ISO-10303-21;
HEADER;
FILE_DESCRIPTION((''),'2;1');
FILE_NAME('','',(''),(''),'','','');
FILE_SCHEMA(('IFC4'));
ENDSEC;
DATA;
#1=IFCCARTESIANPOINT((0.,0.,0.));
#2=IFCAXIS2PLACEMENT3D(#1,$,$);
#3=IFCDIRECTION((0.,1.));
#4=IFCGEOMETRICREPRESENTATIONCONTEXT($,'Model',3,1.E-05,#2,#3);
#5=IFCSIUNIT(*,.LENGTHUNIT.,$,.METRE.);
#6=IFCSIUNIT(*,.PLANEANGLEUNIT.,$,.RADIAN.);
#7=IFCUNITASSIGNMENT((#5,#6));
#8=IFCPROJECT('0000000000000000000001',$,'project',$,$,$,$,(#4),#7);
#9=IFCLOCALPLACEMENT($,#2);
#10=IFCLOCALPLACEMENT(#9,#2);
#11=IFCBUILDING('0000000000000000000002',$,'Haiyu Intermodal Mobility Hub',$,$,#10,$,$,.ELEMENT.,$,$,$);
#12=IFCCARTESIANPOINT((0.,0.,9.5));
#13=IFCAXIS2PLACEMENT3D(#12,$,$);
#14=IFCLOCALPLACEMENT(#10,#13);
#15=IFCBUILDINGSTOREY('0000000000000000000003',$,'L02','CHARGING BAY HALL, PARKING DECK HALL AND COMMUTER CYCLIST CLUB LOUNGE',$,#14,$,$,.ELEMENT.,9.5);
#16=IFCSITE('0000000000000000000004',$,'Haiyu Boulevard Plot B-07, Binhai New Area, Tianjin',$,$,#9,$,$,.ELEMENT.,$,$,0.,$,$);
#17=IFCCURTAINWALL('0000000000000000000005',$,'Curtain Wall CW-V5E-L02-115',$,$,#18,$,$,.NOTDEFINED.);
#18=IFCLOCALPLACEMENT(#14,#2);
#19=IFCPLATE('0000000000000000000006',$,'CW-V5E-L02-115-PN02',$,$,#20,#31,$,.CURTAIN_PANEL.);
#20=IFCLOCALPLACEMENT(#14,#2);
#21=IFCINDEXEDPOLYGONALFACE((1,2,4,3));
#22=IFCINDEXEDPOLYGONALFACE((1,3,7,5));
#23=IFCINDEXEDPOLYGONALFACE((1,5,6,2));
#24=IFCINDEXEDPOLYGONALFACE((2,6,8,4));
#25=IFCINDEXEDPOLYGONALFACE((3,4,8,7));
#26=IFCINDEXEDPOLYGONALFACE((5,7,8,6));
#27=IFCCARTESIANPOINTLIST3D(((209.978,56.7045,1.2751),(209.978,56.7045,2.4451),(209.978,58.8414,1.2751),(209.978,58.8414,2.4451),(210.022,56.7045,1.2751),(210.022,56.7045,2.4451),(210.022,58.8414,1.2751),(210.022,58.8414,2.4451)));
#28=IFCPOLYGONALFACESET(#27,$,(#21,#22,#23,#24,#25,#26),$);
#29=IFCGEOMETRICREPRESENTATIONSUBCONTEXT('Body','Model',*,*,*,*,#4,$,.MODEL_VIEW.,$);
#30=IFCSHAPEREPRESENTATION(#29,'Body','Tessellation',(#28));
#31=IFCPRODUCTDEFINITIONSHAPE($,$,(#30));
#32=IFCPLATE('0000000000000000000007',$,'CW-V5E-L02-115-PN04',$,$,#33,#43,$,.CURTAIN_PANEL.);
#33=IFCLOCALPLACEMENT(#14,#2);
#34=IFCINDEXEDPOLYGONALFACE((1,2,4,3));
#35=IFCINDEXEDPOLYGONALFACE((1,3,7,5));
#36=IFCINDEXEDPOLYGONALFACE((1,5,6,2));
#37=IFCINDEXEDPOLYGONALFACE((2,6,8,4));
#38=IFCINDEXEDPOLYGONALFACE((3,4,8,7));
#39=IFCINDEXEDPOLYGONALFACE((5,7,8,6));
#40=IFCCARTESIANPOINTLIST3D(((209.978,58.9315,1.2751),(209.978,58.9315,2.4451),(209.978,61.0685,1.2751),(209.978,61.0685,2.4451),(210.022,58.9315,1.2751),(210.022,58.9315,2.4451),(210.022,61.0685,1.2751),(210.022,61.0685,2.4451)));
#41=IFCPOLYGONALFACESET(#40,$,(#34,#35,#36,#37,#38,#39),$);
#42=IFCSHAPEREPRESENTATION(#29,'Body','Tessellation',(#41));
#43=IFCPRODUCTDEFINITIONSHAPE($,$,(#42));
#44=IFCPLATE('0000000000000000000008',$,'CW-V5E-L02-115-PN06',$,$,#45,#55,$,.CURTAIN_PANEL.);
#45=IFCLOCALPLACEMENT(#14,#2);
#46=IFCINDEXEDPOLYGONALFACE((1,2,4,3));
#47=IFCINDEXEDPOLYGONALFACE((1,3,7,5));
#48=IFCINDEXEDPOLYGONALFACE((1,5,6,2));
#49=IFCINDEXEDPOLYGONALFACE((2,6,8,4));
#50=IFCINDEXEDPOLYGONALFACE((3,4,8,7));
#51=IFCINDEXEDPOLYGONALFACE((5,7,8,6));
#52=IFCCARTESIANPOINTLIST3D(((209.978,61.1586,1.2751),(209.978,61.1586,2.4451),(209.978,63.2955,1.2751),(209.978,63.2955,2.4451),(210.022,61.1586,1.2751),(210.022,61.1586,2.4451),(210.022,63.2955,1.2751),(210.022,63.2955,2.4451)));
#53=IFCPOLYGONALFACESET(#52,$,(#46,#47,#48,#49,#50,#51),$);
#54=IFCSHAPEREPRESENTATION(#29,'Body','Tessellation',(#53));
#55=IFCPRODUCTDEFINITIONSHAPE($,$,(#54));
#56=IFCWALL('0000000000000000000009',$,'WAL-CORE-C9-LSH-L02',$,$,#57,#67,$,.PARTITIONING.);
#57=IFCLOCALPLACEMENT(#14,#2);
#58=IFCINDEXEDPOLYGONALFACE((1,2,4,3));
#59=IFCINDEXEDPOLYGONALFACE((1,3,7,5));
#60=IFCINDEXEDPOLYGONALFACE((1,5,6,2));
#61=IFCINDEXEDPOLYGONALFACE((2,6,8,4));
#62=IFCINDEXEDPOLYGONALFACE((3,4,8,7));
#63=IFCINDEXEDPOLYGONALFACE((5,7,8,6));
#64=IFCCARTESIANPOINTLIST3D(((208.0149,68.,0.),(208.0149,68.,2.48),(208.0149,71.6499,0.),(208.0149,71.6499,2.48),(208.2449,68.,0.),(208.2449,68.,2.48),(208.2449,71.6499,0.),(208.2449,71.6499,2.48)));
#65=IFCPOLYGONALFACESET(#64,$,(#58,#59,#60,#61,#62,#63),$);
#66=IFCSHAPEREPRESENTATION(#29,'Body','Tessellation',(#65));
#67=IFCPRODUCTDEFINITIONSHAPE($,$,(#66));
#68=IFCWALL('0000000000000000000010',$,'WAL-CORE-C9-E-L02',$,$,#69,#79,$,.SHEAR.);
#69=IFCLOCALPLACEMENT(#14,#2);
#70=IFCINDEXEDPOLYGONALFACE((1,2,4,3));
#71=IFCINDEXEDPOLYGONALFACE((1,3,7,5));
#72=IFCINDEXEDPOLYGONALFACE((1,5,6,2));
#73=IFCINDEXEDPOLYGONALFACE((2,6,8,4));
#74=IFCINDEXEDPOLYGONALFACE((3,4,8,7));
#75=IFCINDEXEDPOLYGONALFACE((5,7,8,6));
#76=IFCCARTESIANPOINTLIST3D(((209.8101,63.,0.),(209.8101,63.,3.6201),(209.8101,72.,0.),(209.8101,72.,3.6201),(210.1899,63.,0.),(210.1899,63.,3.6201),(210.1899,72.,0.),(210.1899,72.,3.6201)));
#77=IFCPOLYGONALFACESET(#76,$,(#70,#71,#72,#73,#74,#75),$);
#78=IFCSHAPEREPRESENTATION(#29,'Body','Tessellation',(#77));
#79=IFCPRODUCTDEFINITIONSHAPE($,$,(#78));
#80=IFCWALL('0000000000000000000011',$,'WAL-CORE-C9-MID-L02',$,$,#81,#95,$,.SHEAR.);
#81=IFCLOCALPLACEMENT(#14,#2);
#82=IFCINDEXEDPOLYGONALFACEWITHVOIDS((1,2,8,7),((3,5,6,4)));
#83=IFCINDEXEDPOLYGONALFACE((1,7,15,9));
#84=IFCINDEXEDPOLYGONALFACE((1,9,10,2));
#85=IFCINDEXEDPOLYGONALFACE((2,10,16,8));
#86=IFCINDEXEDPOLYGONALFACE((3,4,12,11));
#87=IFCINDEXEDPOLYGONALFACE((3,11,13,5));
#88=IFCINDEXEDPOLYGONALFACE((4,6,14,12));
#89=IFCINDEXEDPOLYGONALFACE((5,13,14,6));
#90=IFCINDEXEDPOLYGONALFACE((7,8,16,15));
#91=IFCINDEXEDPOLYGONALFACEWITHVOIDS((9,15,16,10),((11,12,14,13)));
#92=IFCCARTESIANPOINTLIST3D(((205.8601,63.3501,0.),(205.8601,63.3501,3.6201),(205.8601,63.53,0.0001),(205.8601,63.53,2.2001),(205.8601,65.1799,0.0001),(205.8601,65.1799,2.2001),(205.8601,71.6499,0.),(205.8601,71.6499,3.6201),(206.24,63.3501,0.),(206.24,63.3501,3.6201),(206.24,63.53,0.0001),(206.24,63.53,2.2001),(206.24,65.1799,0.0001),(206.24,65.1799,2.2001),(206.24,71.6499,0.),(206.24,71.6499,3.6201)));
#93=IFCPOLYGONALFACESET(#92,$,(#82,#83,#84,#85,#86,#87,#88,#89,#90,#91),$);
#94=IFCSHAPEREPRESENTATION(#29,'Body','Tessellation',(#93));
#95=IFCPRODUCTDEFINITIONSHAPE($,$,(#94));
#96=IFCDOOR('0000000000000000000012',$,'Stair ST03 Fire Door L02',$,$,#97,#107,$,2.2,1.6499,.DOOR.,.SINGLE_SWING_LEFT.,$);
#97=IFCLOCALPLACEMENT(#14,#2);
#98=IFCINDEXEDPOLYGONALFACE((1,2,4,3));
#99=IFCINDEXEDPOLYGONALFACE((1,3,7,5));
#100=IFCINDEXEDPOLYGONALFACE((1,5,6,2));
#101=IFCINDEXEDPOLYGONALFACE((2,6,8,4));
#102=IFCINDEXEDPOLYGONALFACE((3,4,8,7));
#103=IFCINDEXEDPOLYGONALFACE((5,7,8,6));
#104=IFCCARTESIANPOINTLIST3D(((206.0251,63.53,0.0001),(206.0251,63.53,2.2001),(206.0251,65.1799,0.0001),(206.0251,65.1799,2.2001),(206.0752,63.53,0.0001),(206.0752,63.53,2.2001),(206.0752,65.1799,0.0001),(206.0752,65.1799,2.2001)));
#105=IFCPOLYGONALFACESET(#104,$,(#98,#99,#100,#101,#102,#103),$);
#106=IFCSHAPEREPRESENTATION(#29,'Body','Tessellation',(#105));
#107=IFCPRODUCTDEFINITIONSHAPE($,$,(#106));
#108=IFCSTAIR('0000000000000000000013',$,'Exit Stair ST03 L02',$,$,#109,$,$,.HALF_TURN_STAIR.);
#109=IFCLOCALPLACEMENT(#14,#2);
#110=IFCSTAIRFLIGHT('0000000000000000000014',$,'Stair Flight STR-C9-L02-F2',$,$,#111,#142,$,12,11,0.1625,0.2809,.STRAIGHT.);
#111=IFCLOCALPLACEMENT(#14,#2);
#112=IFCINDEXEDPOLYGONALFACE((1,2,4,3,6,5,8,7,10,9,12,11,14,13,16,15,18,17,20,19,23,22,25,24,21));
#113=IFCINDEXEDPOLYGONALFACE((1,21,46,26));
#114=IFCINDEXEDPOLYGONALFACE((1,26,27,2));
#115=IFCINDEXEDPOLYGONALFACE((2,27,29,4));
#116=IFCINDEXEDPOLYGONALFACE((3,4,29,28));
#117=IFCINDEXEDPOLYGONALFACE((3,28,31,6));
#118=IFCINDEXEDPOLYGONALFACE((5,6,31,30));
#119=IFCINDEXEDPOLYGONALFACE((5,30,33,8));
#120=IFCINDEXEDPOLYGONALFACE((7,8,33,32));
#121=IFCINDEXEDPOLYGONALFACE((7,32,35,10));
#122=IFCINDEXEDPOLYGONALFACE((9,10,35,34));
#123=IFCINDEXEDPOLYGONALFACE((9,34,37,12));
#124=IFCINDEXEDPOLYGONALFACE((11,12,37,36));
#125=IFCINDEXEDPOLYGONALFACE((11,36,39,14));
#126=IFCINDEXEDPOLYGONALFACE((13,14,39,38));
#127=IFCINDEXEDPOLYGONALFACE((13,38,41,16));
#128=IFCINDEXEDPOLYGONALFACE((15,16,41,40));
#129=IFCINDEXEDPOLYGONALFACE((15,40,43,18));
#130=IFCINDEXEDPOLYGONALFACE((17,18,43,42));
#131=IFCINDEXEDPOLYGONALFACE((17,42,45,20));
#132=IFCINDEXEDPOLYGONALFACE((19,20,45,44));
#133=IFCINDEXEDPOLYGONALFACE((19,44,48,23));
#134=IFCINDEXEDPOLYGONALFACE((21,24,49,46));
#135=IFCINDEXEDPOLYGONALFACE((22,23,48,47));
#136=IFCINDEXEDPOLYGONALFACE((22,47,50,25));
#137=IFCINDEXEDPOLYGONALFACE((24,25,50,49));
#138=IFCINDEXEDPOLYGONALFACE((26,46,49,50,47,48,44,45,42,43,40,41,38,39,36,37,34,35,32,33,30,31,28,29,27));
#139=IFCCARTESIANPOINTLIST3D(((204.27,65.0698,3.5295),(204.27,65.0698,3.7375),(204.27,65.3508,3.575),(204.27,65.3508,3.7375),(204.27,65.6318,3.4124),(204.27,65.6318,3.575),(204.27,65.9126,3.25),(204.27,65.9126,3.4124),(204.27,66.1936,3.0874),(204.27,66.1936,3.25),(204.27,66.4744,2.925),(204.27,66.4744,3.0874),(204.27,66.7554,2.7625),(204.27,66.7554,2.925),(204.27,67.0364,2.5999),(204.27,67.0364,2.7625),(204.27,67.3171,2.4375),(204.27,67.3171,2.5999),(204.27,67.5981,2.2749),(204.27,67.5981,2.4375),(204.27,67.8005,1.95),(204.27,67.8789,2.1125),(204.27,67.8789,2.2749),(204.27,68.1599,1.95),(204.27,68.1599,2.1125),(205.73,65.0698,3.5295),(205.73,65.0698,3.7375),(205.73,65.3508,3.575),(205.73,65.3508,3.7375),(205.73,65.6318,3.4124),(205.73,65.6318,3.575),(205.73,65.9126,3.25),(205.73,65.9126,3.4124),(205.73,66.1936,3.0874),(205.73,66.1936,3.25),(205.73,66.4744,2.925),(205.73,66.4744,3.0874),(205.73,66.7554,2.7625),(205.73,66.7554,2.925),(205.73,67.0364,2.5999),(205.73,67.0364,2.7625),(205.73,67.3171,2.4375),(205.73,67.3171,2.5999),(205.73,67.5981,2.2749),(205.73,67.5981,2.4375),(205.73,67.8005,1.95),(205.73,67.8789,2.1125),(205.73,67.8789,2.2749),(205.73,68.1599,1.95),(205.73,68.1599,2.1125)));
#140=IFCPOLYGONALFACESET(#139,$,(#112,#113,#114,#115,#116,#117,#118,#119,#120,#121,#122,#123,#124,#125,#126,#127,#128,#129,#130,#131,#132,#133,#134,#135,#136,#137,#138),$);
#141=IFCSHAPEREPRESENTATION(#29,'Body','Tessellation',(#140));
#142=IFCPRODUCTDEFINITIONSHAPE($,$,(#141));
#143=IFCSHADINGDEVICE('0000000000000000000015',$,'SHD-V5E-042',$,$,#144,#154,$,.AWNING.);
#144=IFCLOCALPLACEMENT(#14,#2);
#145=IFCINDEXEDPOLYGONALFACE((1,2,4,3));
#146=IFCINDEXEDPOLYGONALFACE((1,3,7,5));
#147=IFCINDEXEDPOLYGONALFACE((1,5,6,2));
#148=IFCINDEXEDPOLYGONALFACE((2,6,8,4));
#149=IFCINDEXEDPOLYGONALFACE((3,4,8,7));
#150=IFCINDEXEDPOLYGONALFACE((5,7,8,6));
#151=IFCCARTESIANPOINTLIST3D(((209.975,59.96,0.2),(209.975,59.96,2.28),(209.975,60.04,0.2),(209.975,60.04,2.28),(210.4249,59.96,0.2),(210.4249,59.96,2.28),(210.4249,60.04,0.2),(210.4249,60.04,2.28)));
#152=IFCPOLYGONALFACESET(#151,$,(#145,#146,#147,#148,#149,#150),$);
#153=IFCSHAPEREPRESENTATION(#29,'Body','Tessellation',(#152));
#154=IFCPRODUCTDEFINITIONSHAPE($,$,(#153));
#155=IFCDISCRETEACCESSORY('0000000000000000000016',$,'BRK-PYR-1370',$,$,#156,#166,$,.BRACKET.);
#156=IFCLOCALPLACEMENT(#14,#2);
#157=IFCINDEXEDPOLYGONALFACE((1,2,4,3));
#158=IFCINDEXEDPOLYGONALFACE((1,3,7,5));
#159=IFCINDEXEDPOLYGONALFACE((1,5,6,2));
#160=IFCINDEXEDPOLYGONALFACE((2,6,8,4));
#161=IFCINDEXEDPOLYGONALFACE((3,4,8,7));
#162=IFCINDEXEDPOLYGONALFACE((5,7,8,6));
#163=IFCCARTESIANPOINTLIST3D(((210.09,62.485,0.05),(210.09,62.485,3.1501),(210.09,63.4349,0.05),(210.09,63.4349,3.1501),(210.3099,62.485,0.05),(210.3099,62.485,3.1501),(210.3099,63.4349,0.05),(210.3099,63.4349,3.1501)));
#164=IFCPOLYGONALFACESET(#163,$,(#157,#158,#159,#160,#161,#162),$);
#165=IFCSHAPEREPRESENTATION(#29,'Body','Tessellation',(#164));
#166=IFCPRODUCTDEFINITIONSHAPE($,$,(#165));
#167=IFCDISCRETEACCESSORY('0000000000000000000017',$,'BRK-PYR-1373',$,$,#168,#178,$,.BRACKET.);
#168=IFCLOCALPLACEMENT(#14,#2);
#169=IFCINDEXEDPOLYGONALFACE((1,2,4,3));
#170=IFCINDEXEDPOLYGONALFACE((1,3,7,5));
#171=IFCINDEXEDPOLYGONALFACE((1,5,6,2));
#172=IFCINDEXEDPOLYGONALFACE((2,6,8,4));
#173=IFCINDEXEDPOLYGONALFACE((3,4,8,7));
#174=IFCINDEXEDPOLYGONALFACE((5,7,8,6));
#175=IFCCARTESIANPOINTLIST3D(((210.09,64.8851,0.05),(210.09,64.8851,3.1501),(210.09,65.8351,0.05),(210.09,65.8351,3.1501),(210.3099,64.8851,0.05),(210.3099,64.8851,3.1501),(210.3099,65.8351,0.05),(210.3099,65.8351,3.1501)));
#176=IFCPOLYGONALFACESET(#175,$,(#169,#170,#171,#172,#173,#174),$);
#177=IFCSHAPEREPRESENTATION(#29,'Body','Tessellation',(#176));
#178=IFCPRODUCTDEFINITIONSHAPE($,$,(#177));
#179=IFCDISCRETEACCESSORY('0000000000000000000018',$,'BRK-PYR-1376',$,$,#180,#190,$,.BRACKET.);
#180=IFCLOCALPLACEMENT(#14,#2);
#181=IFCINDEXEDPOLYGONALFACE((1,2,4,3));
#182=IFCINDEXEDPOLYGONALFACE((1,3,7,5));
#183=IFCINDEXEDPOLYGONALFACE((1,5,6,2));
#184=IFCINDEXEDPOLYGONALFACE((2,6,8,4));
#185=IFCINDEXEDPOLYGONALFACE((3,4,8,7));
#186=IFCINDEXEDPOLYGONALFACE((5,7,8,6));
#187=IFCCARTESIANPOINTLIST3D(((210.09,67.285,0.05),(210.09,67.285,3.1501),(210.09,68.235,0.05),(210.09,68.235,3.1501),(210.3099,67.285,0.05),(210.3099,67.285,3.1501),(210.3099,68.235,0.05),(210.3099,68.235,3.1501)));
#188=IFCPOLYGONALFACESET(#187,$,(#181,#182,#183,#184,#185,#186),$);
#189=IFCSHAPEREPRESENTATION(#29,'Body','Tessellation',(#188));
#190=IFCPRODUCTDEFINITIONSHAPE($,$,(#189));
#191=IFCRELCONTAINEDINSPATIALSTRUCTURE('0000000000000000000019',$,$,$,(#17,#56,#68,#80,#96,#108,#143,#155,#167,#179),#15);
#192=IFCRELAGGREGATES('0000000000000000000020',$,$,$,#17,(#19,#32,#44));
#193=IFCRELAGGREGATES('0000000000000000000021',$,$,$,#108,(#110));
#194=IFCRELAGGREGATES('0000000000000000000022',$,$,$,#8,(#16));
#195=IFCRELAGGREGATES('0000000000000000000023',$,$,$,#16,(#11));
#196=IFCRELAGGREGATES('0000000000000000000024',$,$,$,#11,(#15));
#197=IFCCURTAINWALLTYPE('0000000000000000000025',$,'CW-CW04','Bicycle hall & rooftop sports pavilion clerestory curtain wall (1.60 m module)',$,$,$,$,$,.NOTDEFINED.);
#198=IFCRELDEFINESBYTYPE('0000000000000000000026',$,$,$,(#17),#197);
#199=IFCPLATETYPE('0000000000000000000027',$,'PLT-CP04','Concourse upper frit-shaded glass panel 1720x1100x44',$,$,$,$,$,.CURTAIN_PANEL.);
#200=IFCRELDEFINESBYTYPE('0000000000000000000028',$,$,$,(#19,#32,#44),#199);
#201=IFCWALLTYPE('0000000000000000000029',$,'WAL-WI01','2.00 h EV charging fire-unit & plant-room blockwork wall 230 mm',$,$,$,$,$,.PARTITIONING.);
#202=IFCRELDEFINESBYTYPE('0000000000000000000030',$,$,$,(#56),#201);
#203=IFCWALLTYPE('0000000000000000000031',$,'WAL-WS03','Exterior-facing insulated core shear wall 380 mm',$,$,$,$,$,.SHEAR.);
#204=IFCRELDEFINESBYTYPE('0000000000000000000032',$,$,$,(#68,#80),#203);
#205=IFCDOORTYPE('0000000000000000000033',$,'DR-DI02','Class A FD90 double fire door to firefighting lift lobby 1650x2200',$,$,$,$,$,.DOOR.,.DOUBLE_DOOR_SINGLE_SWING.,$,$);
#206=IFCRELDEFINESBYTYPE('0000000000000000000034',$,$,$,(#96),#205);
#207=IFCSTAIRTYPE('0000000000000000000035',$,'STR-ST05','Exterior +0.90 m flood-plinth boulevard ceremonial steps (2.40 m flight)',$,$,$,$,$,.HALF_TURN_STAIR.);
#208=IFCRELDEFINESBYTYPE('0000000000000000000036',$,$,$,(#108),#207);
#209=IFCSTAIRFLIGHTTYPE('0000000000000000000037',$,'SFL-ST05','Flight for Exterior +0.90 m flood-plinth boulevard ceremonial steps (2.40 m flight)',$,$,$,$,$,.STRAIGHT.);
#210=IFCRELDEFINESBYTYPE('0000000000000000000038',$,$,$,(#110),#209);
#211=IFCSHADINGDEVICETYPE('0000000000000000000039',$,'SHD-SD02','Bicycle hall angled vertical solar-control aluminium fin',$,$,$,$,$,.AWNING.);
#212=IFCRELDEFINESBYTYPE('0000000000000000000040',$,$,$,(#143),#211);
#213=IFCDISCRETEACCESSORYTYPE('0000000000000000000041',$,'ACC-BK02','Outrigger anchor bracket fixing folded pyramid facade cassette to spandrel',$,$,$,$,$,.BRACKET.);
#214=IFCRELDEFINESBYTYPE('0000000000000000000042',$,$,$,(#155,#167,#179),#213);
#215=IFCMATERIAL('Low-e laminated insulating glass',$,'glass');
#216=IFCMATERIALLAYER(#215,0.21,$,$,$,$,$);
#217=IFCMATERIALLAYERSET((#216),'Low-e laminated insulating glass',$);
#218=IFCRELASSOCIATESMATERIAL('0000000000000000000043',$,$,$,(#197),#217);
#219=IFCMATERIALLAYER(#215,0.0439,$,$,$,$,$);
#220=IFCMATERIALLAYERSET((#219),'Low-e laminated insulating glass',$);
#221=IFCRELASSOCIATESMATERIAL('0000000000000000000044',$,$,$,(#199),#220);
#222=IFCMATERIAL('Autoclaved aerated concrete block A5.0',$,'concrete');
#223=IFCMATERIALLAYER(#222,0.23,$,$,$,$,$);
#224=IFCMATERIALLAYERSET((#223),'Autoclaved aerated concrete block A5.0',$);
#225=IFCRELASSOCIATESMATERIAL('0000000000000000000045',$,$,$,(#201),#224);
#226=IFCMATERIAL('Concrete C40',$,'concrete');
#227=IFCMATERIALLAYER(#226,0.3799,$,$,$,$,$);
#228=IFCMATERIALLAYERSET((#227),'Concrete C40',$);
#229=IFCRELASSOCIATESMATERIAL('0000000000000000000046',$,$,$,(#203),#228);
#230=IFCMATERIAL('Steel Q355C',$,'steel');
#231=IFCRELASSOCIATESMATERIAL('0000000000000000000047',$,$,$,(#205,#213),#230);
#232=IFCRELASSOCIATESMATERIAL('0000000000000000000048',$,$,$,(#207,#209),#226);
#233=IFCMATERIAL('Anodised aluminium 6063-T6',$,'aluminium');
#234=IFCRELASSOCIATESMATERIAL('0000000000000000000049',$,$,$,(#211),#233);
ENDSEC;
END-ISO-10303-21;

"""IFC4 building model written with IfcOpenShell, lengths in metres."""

from ifc_helpers import new_model, si_unit, direction, frame, frame_2d, origin, origin_2d, place, context, subcontext, project, spatial, polyline, rectangle, outline, extrude, material, layer, layer_set, material_profile, profile_set, type_object, element, fill, aggregate, save


model = new_model("IFC4")

# Units and contexts
model_context = context("Model", 3, precision=1e-05, world=origin(), true_north=direction((0.0, 1.0)))
body_context = subcontext(model_context, "Body", "Model", "MODEL_VIEW")
ifc_project = project(units=[si_unit("LENGTHUNIT", "METRE"), si_unit("PLANEANGLEUNIT", "RADIAN")], contexts=[model_context])

# Site, building, storey
site_placement = place(None, origin())
site = spatial("IfcSite", under=ifc_project, at=site_placement, Name="Haiyu Boulevard Plot B-07, Binhai New Area, Tianjin", CompositionType="ELEMENT", RefElevation=0.0)
building_placement = place(site_placement, origin())
building = spatial("IfcBuilding", under=site, at=building_placement, Name="Haiyu Intermodal Mobility Hub", CompositionType="ELEMENT")
storey_placement = place(building_placement, frame((0.0, 0.0, 9.5)))
storey = spatial("IfcBuildingStorey", under=building, at=storey_placement, Name="L02", Description="CHARGING BAY HALL, PARKING DECK HALL AND COMMUTER CYCLIST CLUB LOUNGE", CompositionType="ELEMENT", Elevation=9.5)

# Shared definitions
ifc_material_1 = material(Name="Concrete C40", Category="concrete")

# Shared definitions
ifc_material_2 = material(Name="Low-e laminated insulating glass", Category="glass")
ifc_layer_1 = layer(ifc_material_2, 0.21)
ifc_layer_set_1 = layer_set([ifc_layer_1], Name="Low-e laminated insulating glass")
curtain_wall_type = type_object("IfcCurtainWallType", Name="CW-CW04", Description="Bicycle hall & rooftop sports pavilion clerestory curtain wall (1.60 m module)", PredefinedType="NOTDEFINED", material=ifc_layer_set_1)
ifc_material_3 = material(Name="Anodised aluminium 6063-T6", Category="aluminium")

# Curtain wall
curtain_wall_1_placement = place(storey_placement, origin())
curtain_wall_1 = element("IfcCurtainWall", 1, at=curtain_wall_1_placement, inside=storey, type_object=curtain_wall_type, Name="Curtain Wall CW-V5E-L02-115", PredefinedType="NOTDEFINED")

# Plates
ifc_layer_2 = layer(ifc_material_2, 0.0439)
ifc_layer_set_2 = layer_set([ifc_layer_2], Name="Low-e laminated insulating glass")
plate_type_1 = type_object("IfcPlateType", Name="PLT-CP04", Description="Concourse upper frit-shaded glass panel 1720x1100x44", PredefinedType="CURTAIN_PANEL", material=ifc_layer_set_2)
plate_1_placement = place(storey_placement, frame((210.0, 57.7729, 1.2751), z_axis=(0.0, 0.0, 1.0), x_axis=(0.0, 1.0, 0.0)))
plate_1 = element("IfcPlate", 2, at=plate_1_placement, type_object=plate_type_1, Name="CW-V5E-L02-115-PN02", PredefinedType="CURTAIN_PANEL", context=body_context, shape_type="SweptSolid", body=[
    extrude(rectangle(XDim=2.137, YDim=0.0439, at=origin_2d()), origin(), (0.0, 0.0, 1.0), 1.1699),
])
plate_2_placement = place(storey_placement, frame((210.0, 60.0, 1.2751), z_axis=(0.0, 0.0, 1.0), x_axis=(0.0, 1.0, 0.0)))
plate_2 = element("IfcPlate", 3, at=plate_2_placement, type_object=plate_type_1, Name="CW-V5E-L02-115-PN04", PredefinedType="CURTAIN_PANEL", context=body_context, shape_type="SweptSolid", body=[
    extrude(rectangle(XDim=2.137, YDim=0.0439, at=origin_2d()), origin(), (0.0, 0.0, 1.0), 1.1699),
])
plate_3_placement = place(storey_placement, frame((210.0, 62.2271, 1.2751), z_axis=(0.0, 0.0, 1.0), x_axis=(0.0, 1.0, 0.0)))
plate_3 = element("IfcPlate", 4, at=plate_3_placement, type_object=plate_type_1, Name="CW-V5E-L02-115-PN06", PredefinedType="CURTAIN_PANEL", context=body_context, shape_type="SweptSolid", body=[
    extrude(rectangle(XDim=2.137, YDim=0.0439, at=origin_2d()), origin(), (0.0, 0.0, 1.0), 1.1699),
])
aggregate(curtain_wall_1, [plate_1, plate_2, plate_3])

# Wall
ifc_material_4 = material(Name="Autoclaved aerated concrete block A5.0", Category="concrete")
ifc_layer_3 = layer(ifc_material_4, 0.23)
ifc_layer_set_3 = layer_set([ifc_layer_3], Name="Autoclaved aerated concrete block A5.0")
wall_type_1 = type_object("IfcWallType", Name="WAL-WI01", Description="2.00 h EV charging fire-unit & plant-room blockwork wall 230 mm", PredefinedType="PARTITIONING", material=ifc_layer_set_3)
wall_1_placement = place(storey_placement, frame((208.1299, 68.0, 0.0), z_axis=(0.0, 0.0, 1.0), x_axis=(0.0, 1.0, 0.0)))
element("IfcWall", 5, at=wall_1_placement, inside=storey, type_object=wall_type_1, Name="WAL-CORE-C9-LSH-L02", PredefinedType="PARTITIONING", context=body_context, shape_type="SweptSolid", body=[
    extrude(rectangle(XDim=3.6499, YDim=0.23, at=frame_2d((1.825, 0.0))), origin(), (0.0, 0.0, 1.0), 2.48),
])

# Shared definitions
ifc_material_5 = material(Name="Steel Q355C", Category="steel")

# Wall
ifc_layer_4 = layer(ifc_material_1, 0.3799)
ifc_layer_set_4 = layer_set([ifc_layer_4], Name="Concrete C40")
wall_type_2 = type_object("IfcWallType", Name="WAL-WS03", Description="Exterior-facing insulated core shear wall 380 mm", PredefinedType="SHEAR", material=ifc_layer_set_4)
wall_2_placement = place(storey_placement, frame((210.0, 63.0, 0.0), z_axis=(0.0, 0.0, 1.0), x_axis=(0.0, 1.0, 0.0)))
element("IfcWall", 6, at=wall_2_placement, inside=storey, type_object=wall_type_2, Name="WAL-CORE-C9-E-L02", PredefinedType="SHEAR", context=body_context, shape_type="SweptSolid", body=[
    extrude(rectangle(XDim=9.0, YDim=0.3799, at=frame_2d((4.5, 0.0))), origin(), (0.0, 0.0, 1.0), 3.6201),
])

# Wall, opening, door
wall_3_placement = place(storey_placement, frame((206.05, 63.3501, 0.0), z_axis=(0.0, 0.0, 1.0), x_axis=(0.0, 1.0, 0.0)))
wall_3 = element("IfcWall", 7, at=wall_3_placement, inside=storey, type_object=wall_type_2, Name="WAL-CORE-C9-MID-L02", PredefinedType="SHEAR", context=body_context, shape_type="SweptSolid", body=[
    extrude(rectangle(XDim=8.2998, YDim=0.3799, at=frame_2d((4.1499, 0.0))), origin(), (0.0, 0.0, 1.0), 3.6201),
])
opening_1_placement = place(wall_3_placement, frame((0.1799, 0.0, 0.0)))
opening_1 = element("IfcOpeningElement", 8, at=opening_1_placement, cuts=wall_3, PredefinedType="OPENING", context=body_context, shape_type="SweptSolid", body=[
    extrude(rectangle(XDim=1.6499, YDim=2.2, at=frame_2d((0.825, 1.1001))), frame((0.0, 0.2, 0.0), z_axis=(0.0, -1.0, 0.0), x_axis=(1.0, 0.0, 0.0)), (0.0, 0.0, 1.0), 0.3999),
])
door_type_1 = type_object("IfcDoorType", Name="DR-DI02", Description="Class A FD90 double fire door to firefighting lift lobby 1650x2200", OperationType="DOUBLE_DOOR_SINGLE_SWING", PredefinedType="DOOR", material=ifc_material_5)
door_1_placement = place(opening_1_placement, origin())
door_1 = element("IfcDoor", 9, at=door_1_placement, inside=storey, type_object=door_type_1, Name="Stair ST03 Fire Door L02", OperationType="SINGLE_SWING_LEFT", OverallHeight=2.2, OverallWidth=1.6499, PredefinedType="DOOR", context=body_context, shape_type="SweptSolid", body=[
    extrude(rectangle(XDim=1.6499, YDim=2.2, at=frame_2d((0.825, 1.1001))), frame((0.0, 0.0249, 0.0), z_axis=(0.0, -1.0, 0.0), x_axis=(1.0, 0.0, 0.0)), (0.0, 0.0, 1.0), 0.05),
])
fill(opening_1, door_1)

# Stair, stair flight
stair_type = type_object("IfcStairType", Name="STR-ST05", Description="Exterior +0.90 m flood-plinth boulevard ceremonial steps (2.40 m flight)", PredefinedType="HALF_TURN_STAIR", material=ifc_material_1)
stair_placement = place(storey_placement, origin())
stair = element("IfcStair", 10, at=stair_placement, inside=storey, type_object=stair_type, Name="Exit Stair ST03 L02", PredefinedType="HALF_TURN_STAIR")
stair_flight_type = type_object("IfcStairFlightType", Name="SFL-ST05", Description="Flight for Exterior +0.90 m flood-plinth boulevard ceremonial steps (2.40 m flight)", PredefinedType="STRAIGHT", material=ifc_material_1)
stair_flight_placement = place(storey_placement, frame((205.0, 68.1599, 1.95), z_axis=(0.0, 0.0, 1.0), x_axis=(0.0, -1.0, 0.0)))
stair_flight = element("IfcStairFlight", 11, at=stair_flight_placement, type_object=stair_flight_type, Name="Stair Flight STR-C9-L02-F2", NumberOfRisers=12, NumberOfTreads=11, PredefinedType="STRAIGHT", RiserHeight=0.1625, TreadLength=0.2809, context=body_context, shape_type="SweptSolid", body=[
    extrude(outline(polyline([(0.0, 0.0), (0.0, 0.1626), (0.281, 0.1626), (0.281, 0.325), (0.5618, 0.325), (0.5618, 0.4875), (0.8428, 0.4875), (0.8428, 0.6499), (1.1235, 0.6499), (1.1235, 0.8125), (1.4045, 0.8125), (1.4045, 0.9751), (1.6855, 0.9751), (1.6855, 1.1375), (1.9663, 1.1375), (1.9663, 1.3), (2.2473, 1.3), (2.2473, 1.4624), (2.5281, 1.4624), (2.5281, 1.625), (2.8091, 1.625), (2.8091, 1.7876), (3.0901, 1.7876), (3.0901, 1.95), (3.0901, 1.5796), (0.3594, 0.0), (0.0, 0.0)])), frame((0.0, 0.73, 0.0), z_axis=(0.0, -1.0, 0.0), x_axis=(1.0, 0.0, 0.0)), (0.0, 0.0, 1.0), 1.46),
])
aggregate(stair, [stair_flight])

# Shading device
ifc_material_profile_1 = material_profile(ifc_material_3, rectangle(XDim=0.0701, YDim=0.55, at=origin_2d()), Name="FIN70x550")
ifc_profile_set_1 = profile_set([ifc_material_profile_1], Name="Anodised aluminium 6063-T6")
shading_device_type = type_object("IfcShadingDeviceType", Name="SHD-SD02", Description="Bicycle hall angled vertical solar-control aluminium fin", PredefinedType="AWNING", material=ifc_profile_set_1)
shading_device_placement = place(storey_placement, frame((210.2, 60.0, 0.2), z_axis=(0.0, 0.0, 1.0), x_axis=(1.0, 0.0, 0.0)))
element("IfcShadingDevice", 12, at=shading_device_placement, inside=storey, type_object=shading_device_type, Name="SHD-V5E-042", PredefinedType="AWNING", context=body_context, shape_type="SweptSolid", body=[
    extrude(rectangle(XDim=0.45, YDim=0.0801, at=origin_2d()), origin(), (0.0, 0.0, 1.0), 2.0801),
])

# Discrete accessories
discrete_accessory_type = type_object("IfcDiscreteAccessoryType", Name="ACC-BK02", Description="Outrigger anchor bracket fixing folded pyramid facade cassette to spandrel", PredefinedType="BRACKET", material=ifc_material_5)
for number, where, z_axis, x_axis, name in (
    (13, (210.2, 62.96, 0.05), (0.0, 0.0, 1.0), (1.0, 0.0, 0.0), "BRK-PYR-1370"),
    (14, (210.2, 65.3601, 0.05), (0.0, 0.0, 1.0), (1.0, 0.0, 0.0), "BRK-PYR-1373"),
    (15, (210.2, 67.76, 0.05), (0.0, 0.0, 1.0), (1.0, 0.0, 0.0), "BRK-PYR-1376"),
):
    element("IfcDiscreteAccessory", number, at=place(storey_placement, frame(where, z_axis=z_axis, x_axis=x_axis)), inside=storey, type_object=discrete_accessory_type, Name=name, PredefinedType="BRACKET", context=body_context, shape_type="SweptSolid", body=[
        extrude(rectangle(XDim=0.22, YDim=0.95, at=origin_2d()), origin(), (0.0, 0.0, 1.0), 3.1001),
    ])

save(model, "model.ifc")
